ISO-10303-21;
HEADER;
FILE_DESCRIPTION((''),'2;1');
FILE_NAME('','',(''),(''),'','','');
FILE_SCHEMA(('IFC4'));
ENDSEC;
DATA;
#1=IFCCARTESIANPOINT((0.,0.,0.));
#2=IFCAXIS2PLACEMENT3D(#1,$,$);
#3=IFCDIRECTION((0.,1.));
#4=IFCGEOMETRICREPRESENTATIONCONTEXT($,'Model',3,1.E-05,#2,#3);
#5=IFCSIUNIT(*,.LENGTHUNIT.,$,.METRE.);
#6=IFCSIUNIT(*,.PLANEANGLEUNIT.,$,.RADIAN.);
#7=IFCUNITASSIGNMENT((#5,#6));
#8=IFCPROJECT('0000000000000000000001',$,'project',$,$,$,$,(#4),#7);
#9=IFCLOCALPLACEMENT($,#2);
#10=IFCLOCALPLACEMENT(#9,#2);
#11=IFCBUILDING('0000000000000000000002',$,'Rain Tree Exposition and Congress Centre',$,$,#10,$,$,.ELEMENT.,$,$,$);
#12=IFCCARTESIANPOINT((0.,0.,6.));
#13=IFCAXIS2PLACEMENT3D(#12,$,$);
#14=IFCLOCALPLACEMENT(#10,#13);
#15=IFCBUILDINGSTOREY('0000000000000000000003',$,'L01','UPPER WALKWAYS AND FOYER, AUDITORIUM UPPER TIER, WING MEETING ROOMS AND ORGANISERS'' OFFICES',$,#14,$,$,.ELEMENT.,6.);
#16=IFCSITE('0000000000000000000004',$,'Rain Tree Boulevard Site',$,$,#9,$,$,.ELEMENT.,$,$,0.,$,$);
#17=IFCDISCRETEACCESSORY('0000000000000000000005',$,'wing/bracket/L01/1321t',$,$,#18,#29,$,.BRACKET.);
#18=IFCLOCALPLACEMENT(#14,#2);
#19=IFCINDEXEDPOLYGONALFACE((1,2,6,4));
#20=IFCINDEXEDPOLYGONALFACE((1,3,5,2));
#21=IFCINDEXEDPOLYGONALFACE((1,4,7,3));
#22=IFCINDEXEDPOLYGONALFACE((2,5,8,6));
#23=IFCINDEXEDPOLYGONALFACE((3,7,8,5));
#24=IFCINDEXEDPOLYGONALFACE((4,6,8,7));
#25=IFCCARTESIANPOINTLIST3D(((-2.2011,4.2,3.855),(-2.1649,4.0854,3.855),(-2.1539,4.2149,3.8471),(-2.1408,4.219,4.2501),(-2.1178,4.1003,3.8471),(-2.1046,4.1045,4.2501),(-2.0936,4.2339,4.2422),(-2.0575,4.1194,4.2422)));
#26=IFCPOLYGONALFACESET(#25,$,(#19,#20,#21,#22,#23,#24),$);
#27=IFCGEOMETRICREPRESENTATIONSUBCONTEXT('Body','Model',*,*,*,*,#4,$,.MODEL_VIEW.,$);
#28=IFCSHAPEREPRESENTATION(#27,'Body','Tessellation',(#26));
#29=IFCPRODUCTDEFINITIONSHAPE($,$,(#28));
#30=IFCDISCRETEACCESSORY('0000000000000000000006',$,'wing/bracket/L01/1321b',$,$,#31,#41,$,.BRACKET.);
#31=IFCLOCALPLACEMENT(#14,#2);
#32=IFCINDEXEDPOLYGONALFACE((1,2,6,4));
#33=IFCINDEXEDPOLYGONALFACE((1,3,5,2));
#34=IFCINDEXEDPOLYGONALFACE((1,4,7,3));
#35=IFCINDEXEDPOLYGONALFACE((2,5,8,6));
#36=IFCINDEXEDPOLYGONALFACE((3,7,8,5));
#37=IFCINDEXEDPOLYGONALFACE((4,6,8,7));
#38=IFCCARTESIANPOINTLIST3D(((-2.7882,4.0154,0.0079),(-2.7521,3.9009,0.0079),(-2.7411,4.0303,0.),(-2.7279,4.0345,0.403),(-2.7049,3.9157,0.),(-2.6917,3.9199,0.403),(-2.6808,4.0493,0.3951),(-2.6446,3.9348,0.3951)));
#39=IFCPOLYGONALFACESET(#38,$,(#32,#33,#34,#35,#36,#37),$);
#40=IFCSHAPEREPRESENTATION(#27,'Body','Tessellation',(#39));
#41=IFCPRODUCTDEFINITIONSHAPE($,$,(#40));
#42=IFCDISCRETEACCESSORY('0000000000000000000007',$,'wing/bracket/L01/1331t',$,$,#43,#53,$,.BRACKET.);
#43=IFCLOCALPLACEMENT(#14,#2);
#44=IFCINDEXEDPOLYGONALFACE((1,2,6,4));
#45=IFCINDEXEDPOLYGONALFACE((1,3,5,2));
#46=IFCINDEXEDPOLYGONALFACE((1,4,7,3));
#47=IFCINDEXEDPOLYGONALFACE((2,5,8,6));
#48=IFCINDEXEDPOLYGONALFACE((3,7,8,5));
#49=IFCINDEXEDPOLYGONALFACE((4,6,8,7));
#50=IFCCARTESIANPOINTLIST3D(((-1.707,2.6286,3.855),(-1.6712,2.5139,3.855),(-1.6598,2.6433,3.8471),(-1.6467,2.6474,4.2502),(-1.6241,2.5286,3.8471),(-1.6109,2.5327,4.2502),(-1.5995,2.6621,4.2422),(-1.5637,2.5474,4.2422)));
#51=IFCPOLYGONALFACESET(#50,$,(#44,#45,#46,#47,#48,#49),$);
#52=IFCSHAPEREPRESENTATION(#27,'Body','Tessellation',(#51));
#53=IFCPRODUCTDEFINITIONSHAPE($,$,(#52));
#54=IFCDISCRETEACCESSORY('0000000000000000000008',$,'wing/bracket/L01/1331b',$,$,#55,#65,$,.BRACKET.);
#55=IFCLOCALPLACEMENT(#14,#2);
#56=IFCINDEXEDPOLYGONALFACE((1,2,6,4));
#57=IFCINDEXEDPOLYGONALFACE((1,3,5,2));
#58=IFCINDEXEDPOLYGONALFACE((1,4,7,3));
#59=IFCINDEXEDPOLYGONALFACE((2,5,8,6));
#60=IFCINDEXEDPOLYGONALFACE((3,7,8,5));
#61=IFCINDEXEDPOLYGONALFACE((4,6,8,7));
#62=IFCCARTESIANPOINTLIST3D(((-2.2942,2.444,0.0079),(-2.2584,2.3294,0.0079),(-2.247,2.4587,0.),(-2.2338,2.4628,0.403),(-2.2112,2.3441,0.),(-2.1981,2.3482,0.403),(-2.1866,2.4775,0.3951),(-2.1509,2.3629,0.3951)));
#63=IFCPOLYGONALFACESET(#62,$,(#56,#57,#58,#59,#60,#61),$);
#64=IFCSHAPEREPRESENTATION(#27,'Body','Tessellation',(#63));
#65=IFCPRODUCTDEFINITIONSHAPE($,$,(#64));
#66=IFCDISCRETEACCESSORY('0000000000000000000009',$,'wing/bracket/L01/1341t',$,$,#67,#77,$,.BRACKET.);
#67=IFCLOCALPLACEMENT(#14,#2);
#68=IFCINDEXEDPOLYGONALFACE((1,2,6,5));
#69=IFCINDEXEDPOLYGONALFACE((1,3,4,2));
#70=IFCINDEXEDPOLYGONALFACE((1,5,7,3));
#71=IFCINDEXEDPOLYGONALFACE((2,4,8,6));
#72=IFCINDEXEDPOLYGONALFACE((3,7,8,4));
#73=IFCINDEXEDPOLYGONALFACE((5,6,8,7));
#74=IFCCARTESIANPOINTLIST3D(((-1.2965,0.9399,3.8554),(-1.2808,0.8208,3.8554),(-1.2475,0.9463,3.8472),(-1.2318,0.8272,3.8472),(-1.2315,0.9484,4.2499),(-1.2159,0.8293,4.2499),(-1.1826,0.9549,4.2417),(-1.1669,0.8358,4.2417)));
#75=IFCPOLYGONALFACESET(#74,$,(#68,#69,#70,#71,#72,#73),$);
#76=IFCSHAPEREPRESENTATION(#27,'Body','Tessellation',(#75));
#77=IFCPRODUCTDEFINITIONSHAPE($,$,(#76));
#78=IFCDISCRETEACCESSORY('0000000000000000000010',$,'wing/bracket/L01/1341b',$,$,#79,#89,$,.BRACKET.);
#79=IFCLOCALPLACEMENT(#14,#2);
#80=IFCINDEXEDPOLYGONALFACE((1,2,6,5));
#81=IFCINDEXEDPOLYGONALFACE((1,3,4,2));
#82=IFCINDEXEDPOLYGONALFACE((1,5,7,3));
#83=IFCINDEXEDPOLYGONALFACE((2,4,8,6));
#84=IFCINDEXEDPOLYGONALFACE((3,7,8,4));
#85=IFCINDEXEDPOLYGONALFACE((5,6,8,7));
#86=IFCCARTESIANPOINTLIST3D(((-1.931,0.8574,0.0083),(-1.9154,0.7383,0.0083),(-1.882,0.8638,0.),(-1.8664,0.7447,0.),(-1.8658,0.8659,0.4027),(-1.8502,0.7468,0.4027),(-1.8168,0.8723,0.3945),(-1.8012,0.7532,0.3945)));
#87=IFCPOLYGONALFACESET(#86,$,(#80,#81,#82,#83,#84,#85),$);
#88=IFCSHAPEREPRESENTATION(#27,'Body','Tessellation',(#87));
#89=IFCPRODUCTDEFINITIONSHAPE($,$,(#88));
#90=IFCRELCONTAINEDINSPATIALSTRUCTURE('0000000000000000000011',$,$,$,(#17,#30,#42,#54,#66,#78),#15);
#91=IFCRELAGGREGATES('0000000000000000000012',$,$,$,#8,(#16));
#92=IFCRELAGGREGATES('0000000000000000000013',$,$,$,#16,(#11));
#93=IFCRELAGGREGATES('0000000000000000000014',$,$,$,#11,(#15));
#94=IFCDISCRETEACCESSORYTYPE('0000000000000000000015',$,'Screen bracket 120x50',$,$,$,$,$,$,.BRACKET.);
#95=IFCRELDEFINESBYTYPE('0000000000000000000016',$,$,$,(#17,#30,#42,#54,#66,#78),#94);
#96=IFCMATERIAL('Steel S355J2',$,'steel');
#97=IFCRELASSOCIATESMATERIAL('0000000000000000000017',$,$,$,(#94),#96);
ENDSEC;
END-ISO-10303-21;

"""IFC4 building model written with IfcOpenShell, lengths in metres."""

from ifc_helpers import new_model, si_unit, direction, frame, origin, origin_2d, place, context, subcontext, project, spatial, rectangle, extrude, material, material_profile, profile_set, type_object, element, save


model = new_model("IFC4")

# Units and contexts
model_context = context("Model", 3, precision=1e-05, world=origin(), true_north=direction((0.0, 1.0)))
body_context = subcontext(model_context, "Body", "Model", "MODEL_VIEW")
ifc_project = project(units=[si_unit("LENGTHUNIT", "METRE"), si_unit("PLANEANGLEUNIT", "RADIAN")], contexts=[model_context])

# Site, building, storey
site_placement = place(None, origin())
site = spatial("IfcSite", under=ifc_project, at=site_placement, Name="Rain Tree Boulevard Site", CompositionType="ELEMENT", RefElevation=0.0)
building_placement = place(site_placement, origin())
building = spatial("IfcBuilding", under=site, at=building_placement, Name="Rain Tree Exposition and Congress Centre", CompositionType="ELEMENT")
storey_placement = place(building_placement, frame((0.0, 0.0, 6.0)))
storey = spatial("IfcBuildingStorey", under=building, at=storey_placement, Name="L01", Description="UPPER WALKWAYS AND FOYER, AUDITORIUM UPPER TIER, WING MEETING ROOMS AND ORGANISERS' OFFICES", CompositionType="ELEMENT", Elevation=6.0)

# Discrete accessories
ifc_material_1 = material(Name="Steel S355J2", Category="steel")
ifc_material_profile = material_profile(ifc_material_1, rectangle(XDim=0.1201, YDim=0.05, at=origin_2d()), Name="Flat bar 120x50")
ifc_profile_set = profile_set([ifc_material_profile], Name="Steel S355J2")
discrete_accessory_type = type_object("IfcDiscreteAccessoryType", Name="Screen bracket 120x50", PredefinedType="BRACKET", material=ifc_profile_set)
for number, where, z_axis, x_axis, name in (
    (1, (-2.1594, 4.1501, 3.8511), (0.150738, 0.047602, 0.987427), (-0.301131, 0.953583, 0.0), "wing/bracket/L01/1321t"),
    (2, (-2.7466, 3.9656, 0.0039), (0.150738, 0.047602, 0.987427), (-0.301131, 0.953583, 0.0), "wing/bracket/L01/1321b"),
    (3, (-1.6655, 2.5786, 3.8511), (0.150743, 0.046993, 0.987456), (-0.297615, 0.954686, 0.0), "wing/bracket/L01/1331t"),
    (4, (-2.2527, 2.394, 0.0039), (0.150743, 0.046993, 0.987456), (-0.297615, 0.954686, 0.0), "wing/bracket/L01/1331b"),
):
    element("IfcDiscreteAccessory", number, at=place(storey_placement, frame(where, z_axis=z_axis, x_axis=x_axis)), inside=storey, type_object=discrete_accessory_type, Name=name, PredefinedType="BRACKET", context=body_context, shape_type="SweptSolid", body=[
        extrude(rectangle(XDim=0.1201, YDim=0.05, at=origin_2d()), origin(), (0.0, 0.0, 1.0), 0.4001),
    ])
for number, where, z_axis, x_axis, name in (
    (5, (-1.2642, 0.8835, 3.8513), (0.162381, 0.021366, 0.986497), (-0.130455, 0.991454, 0.0), "wing/bracket/L01/1341t"),
    (6, (-1.8987, 0.801, 0.0042), (0.162976, 0.021364, 0.986399), (-0.129974, 0.991517, 0.0), "wing/bracket/L01/1341b"),
):
    element("IfcDiscreteAccessory", number, at=place(storey_placement, frame(where, z_axis=z_axis, x_axis=x_axis)), inside=storey, type_object=discrete_accessory_type, Name=name, PredefinedType="BRACKET", context=body_context, shape_type="SweptSolid", body=[
        extrude(rectangle(XDim=0.1201, YDim=0.05, at=origin_2d()), origin(), (0.0, 0.0, 1.0), 0.3999),
    ])

save(model, "model.ifc")
